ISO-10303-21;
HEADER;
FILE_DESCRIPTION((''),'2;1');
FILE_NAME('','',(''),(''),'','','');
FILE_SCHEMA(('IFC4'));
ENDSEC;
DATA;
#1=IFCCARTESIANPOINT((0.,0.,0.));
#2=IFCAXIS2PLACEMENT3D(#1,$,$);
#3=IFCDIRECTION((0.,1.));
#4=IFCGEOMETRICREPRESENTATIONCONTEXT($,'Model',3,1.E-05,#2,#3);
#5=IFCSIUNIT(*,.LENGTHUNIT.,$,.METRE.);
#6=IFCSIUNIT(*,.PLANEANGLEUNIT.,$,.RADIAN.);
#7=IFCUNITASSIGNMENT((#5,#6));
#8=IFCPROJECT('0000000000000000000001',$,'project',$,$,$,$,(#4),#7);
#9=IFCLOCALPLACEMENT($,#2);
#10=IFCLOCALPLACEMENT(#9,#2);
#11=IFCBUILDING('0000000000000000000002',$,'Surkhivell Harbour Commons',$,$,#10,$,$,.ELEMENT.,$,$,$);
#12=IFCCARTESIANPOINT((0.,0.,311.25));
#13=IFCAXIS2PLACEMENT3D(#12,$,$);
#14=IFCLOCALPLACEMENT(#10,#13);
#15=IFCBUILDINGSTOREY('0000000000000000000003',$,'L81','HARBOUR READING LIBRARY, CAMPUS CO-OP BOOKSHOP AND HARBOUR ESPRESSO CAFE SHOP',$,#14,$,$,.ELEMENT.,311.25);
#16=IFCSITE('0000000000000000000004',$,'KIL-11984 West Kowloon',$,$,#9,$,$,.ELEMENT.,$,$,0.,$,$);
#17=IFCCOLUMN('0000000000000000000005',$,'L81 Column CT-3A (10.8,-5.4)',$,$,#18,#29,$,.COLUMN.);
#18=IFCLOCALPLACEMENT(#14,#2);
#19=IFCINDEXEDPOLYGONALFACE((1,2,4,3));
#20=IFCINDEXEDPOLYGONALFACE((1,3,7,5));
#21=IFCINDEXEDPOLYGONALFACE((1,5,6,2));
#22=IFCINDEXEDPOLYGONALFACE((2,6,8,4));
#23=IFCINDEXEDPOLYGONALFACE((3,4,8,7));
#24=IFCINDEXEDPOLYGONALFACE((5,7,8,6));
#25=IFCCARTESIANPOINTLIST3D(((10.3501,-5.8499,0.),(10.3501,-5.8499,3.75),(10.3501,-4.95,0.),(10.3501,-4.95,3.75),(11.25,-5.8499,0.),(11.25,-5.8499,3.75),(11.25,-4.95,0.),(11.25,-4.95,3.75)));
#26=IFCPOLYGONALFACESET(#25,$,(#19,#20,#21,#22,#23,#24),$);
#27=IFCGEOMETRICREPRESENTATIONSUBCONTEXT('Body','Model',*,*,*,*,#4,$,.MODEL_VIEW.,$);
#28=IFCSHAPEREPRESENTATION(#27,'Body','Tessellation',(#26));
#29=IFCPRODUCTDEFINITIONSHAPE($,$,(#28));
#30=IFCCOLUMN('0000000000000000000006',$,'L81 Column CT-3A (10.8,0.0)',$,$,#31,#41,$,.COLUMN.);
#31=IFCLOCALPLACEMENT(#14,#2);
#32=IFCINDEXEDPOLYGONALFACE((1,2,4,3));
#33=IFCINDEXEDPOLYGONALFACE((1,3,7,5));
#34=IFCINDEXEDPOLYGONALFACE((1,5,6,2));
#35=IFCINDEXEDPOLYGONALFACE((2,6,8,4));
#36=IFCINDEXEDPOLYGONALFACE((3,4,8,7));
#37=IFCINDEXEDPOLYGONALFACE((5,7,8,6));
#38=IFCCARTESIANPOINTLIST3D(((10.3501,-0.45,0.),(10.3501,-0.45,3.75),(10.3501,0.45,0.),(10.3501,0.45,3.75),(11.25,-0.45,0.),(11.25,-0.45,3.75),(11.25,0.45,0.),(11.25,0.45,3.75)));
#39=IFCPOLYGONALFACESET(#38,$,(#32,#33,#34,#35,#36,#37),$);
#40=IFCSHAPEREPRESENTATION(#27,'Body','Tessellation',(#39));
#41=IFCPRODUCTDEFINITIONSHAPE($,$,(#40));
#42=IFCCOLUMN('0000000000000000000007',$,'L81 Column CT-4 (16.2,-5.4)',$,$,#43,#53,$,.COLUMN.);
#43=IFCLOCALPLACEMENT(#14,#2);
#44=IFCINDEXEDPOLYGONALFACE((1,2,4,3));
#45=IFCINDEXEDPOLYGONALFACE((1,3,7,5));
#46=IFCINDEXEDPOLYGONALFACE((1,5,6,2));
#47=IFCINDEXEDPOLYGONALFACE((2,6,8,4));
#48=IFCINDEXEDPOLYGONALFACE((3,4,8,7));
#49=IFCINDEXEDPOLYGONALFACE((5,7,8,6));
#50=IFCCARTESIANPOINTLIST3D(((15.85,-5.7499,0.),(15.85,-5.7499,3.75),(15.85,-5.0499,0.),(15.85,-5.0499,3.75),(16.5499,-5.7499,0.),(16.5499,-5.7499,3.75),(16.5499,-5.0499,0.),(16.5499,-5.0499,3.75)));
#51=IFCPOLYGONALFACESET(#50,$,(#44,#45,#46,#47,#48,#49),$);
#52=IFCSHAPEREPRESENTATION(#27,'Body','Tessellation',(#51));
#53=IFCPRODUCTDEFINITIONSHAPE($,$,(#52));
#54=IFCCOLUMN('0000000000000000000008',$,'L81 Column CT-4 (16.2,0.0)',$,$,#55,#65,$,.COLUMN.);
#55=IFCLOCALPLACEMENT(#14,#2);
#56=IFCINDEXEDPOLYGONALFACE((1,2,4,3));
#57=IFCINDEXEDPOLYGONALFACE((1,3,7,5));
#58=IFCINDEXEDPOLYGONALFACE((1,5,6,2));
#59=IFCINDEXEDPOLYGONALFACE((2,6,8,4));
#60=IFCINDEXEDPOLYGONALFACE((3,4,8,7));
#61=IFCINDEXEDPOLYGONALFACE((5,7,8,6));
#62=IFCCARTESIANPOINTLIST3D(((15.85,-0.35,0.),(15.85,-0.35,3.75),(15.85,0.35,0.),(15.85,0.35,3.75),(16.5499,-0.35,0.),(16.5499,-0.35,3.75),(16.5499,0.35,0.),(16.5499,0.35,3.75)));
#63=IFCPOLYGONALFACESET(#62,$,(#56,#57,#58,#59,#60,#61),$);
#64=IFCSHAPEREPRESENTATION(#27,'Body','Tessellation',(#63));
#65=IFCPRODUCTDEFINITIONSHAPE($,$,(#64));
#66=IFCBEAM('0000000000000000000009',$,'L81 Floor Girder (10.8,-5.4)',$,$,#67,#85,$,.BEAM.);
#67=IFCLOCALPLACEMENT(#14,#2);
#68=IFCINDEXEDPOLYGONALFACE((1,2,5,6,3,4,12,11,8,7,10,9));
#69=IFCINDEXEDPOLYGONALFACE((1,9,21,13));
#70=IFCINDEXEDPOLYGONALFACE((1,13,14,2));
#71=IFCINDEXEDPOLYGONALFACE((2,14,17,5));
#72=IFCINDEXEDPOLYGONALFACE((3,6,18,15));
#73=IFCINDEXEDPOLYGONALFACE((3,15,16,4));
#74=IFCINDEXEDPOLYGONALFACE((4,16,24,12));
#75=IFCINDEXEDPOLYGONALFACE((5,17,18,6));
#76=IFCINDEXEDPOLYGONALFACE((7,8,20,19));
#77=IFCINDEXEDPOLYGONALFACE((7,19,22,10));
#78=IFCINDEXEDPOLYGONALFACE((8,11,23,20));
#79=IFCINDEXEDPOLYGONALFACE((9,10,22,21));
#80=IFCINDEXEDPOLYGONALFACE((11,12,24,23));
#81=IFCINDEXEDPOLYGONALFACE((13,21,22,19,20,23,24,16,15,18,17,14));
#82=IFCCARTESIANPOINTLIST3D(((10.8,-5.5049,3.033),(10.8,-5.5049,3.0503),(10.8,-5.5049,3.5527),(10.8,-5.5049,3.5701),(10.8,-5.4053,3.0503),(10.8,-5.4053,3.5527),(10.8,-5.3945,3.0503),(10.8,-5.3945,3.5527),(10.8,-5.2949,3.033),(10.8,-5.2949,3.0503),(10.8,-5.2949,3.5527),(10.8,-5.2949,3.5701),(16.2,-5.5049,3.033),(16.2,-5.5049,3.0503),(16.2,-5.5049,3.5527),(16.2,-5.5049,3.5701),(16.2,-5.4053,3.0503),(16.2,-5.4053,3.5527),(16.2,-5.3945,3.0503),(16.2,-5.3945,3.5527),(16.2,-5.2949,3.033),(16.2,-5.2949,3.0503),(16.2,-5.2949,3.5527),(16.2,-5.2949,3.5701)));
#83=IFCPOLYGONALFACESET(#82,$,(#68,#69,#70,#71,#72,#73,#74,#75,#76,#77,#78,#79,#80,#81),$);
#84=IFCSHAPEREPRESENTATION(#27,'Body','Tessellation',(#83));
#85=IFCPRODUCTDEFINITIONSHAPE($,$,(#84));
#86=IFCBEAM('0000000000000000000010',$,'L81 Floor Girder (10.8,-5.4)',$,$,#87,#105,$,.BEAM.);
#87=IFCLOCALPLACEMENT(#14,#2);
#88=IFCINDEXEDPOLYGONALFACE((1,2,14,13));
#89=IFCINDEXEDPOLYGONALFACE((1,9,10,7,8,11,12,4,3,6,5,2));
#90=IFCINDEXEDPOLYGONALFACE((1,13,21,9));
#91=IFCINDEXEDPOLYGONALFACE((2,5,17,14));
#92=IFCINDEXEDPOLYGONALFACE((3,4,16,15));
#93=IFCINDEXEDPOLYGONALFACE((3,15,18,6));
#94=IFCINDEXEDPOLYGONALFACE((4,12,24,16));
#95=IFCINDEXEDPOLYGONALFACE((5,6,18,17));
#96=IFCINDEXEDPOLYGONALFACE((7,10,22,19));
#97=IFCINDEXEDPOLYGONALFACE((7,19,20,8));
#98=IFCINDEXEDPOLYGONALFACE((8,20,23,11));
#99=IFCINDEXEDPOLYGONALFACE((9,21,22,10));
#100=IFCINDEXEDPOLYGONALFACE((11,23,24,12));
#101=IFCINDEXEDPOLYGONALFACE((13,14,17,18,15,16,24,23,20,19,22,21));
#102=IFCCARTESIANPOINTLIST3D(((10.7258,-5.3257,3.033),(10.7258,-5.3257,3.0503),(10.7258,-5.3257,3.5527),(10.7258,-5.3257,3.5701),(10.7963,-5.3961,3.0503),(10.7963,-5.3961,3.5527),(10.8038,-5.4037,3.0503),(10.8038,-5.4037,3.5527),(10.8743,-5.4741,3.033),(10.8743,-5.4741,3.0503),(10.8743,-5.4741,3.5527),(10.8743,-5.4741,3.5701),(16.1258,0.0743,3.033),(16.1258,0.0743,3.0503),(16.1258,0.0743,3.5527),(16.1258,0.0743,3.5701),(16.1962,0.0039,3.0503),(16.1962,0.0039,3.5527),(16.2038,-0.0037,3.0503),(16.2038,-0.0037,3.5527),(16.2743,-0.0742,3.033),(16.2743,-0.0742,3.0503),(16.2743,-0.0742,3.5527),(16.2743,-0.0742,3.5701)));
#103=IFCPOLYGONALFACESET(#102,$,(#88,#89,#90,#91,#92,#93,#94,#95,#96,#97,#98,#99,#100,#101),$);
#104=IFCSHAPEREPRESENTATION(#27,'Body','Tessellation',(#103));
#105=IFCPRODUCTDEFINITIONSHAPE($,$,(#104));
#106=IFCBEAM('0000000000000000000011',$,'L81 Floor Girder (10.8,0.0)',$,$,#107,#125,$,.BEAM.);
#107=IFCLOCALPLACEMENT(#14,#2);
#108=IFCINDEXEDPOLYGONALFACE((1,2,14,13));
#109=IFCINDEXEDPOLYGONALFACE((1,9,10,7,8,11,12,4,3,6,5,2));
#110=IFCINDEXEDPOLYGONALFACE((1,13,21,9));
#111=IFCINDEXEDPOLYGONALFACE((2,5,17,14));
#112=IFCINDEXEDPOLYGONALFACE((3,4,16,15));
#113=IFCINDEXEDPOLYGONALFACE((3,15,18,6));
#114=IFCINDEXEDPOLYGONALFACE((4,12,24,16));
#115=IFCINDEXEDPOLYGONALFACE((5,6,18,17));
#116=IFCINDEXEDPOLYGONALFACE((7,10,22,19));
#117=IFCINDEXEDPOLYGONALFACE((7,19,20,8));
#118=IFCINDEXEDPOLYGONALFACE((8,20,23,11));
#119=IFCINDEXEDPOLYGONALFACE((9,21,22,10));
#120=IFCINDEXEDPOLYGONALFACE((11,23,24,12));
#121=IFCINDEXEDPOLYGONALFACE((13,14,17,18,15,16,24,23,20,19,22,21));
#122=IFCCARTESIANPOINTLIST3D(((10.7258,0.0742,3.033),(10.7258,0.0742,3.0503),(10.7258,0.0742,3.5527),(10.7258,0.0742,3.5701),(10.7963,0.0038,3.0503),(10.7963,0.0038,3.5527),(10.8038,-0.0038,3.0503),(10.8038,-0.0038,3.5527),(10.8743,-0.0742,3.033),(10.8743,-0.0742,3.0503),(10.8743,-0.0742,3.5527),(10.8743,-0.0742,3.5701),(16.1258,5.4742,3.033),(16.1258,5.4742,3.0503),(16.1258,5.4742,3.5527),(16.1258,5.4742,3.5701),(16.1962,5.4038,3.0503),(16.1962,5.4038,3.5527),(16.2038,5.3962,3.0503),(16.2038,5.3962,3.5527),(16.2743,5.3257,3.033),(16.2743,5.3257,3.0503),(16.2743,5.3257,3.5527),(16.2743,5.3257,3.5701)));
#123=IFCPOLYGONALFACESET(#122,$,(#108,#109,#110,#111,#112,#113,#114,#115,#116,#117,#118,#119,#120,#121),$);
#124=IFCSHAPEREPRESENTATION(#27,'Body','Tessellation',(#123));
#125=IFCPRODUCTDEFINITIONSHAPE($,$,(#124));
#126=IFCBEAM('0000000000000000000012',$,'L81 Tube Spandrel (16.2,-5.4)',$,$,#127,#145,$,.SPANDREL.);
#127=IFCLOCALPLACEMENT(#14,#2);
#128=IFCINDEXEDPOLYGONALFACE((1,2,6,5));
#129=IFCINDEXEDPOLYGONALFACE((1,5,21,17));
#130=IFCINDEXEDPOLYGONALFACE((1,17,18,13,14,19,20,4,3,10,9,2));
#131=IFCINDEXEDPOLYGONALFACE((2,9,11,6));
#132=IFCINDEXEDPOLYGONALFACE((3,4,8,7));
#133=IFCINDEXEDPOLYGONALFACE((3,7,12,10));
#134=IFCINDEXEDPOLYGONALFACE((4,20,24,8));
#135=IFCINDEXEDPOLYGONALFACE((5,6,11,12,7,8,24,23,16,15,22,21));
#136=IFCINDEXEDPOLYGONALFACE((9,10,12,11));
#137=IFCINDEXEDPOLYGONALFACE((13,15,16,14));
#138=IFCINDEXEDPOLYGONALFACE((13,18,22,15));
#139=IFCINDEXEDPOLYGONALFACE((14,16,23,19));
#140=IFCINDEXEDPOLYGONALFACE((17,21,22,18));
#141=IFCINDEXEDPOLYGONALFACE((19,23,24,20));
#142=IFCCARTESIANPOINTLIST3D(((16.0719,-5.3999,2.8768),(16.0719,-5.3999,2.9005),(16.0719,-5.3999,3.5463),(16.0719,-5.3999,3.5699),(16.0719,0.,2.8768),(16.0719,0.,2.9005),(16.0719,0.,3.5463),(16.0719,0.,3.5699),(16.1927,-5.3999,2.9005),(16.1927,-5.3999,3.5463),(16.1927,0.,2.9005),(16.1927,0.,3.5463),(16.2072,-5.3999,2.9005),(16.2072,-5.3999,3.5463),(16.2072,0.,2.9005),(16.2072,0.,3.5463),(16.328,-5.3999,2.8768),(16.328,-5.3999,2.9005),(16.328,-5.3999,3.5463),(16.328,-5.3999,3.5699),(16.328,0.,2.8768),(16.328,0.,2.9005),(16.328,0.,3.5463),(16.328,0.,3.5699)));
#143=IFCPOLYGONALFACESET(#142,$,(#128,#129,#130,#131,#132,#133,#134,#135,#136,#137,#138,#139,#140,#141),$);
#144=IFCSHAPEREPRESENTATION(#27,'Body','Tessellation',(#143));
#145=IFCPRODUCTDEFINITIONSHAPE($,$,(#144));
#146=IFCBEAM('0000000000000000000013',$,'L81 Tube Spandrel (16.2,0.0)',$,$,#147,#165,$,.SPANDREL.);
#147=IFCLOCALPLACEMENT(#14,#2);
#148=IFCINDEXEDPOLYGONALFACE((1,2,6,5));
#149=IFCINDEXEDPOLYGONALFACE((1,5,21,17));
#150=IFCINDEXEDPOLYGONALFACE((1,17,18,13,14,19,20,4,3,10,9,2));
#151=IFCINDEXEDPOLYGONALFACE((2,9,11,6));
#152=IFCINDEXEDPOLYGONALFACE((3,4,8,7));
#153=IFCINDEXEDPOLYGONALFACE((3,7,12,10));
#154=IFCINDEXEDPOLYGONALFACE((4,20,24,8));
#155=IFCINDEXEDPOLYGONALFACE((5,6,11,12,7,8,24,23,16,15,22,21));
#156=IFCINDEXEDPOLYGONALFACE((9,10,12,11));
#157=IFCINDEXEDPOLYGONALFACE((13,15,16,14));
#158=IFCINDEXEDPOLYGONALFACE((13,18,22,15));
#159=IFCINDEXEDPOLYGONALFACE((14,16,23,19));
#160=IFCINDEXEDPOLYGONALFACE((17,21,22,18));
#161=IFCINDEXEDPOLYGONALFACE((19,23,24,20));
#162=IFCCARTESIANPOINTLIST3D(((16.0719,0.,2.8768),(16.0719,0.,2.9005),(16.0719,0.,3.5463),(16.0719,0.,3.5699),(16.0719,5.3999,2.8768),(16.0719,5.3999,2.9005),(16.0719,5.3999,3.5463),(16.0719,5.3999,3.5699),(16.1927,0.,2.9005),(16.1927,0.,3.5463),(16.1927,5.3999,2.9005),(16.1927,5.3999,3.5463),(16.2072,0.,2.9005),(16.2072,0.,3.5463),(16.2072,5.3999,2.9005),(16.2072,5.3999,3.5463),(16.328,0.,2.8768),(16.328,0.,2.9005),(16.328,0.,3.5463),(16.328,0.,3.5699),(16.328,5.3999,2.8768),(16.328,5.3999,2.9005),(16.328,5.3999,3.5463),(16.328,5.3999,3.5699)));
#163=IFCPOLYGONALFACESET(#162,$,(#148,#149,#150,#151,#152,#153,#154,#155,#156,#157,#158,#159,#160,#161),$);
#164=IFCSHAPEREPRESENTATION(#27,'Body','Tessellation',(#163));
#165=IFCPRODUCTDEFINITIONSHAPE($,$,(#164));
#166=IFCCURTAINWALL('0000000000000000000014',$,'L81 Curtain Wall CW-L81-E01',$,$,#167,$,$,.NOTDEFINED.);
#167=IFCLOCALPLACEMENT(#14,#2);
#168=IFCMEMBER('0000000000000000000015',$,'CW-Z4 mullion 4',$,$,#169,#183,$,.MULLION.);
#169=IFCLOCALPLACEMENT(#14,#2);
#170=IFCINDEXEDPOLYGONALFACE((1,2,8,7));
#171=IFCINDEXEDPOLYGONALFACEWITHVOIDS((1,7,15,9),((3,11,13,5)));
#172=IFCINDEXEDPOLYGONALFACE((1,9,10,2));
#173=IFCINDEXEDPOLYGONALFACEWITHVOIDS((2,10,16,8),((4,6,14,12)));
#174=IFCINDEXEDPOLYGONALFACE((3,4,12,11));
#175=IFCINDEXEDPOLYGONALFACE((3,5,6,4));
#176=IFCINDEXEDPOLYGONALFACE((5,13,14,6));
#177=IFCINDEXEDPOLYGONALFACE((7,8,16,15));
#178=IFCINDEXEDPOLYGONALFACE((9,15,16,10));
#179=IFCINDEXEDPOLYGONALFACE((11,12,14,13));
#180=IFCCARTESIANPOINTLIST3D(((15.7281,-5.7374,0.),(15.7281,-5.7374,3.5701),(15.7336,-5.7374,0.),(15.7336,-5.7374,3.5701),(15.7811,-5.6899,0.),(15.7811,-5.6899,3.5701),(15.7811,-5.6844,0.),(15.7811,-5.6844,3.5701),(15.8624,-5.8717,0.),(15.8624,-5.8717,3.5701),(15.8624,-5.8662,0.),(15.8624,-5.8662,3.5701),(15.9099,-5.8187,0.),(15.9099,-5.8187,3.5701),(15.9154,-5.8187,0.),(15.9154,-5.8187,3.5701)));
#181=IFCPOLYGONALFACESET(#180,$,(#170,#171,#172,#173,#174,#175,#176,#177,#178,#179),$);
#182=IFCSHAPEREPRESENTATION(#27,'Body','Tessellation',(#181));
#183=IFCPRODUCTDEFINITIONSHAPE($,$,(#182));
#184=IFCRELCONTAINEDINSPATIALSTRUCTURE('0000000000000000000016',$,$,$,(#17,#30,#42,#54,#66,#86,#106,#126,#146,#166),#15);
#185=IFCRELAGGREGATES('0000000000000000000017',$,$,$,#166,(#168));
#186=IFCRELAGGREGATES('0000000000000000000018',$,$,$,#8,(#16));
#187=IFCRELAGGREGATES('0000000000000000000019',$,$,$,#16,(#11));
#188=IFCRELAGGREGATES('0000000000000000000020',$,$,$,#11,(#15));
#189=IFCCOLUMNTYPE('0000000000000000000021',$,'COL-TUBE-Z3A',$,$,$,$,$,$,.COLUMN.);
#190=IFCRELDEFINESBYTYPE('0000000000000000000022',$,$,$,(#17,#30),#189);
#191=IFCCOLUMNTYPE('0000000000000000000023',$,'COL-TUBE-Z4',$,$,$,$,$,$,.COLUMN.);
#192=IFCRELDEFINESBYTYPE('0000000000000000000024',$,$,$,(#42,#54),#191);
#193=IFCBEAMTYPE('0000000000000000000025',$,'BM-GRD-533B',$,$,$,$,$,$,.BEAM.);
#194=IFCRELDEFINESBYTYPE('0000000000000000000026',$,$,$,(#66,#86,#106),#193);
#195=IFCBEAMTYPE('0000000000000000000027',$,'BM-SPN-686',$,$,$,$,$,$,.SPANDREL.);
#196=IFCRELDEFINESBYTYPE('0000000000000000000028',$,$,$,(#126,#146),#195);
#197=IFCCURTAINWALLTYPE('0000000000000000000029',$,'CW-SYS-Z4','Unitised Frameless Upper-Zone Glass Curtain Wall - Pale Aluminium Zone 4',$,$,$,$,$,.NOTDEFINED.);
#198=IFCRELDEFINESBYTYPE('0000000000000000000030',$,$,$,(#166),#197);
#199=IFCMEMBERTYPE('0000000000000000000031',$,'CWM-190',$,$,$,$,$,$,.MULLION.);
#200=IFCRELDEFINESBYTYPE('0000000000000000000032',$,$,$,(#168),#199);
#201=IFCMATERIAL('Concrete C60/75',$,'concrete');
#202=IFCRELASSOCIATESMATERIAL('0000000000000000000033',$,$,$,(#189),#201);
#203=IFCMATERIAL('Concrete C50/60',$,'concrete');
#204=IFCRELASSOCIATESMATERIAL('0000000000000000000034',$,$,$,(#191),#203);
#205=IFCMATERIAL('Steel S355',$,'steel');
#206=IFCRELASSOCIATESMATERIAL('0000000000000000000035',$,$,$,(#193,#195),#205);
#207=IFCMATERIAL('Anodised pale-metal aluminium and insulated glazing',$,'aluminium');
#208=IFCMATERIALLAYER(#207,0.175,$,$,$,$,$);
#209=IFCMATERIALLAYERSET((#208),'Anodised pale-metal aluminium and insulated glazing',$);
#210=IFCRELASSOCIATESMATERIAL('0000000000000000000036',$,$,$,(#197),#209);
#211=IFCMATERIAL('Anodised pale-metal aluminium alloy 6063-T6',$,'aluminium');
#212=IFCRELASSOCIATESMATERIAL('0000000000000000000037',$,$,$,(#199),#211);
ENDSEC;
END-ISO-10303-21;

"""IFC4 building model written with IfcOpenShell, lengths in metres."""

from ifc_helpers import new_model, si_unit, direction, frame, origin, origin_2d, place, context, subcontext, project, spatial, rectangle, hollow_rectangle, i_section, extrude, material, layer, layer_set, material_profile, profile_set, type_object, element, aggregate, save


model = new_model("IFC4")

# Units and contexts
model_context = context("Model", 3, precision=1e-05, world=origin(), true_north=direction((0.0, 1.0)))
body_context = subcontext(model_context, "Body", "Model", "MODEL_VIEW")
ifc_project = project(units=[si_unit("LENGTHUNIT", "METRE"), si_unit("PLANEANGLEUNIT", "RADIAN")], contexts=[model_context])

# Site, building, storey
site_placement = place(None, origin())
site = spatial("IfcSite", under=ifc_project, at=site_placement, Name="KIL-11984 West Kowloon", CompositionType="ELEMENT", RefElevation=0.0)
building_placement = place(site_placement, origin())
building = spatial("IfcBuilding", under=site, at=building_placement, Name="Surkhivell Harbour Commons", CompositionType="ELEMENT")
storey_placement = place(building_placement, frame((0.0, 0.0, 311.25)))
storey = spatial("IfcBuildingStorey", under=building, at=storey_placement, Name="L81", Description="HARBOUR READING LIBRARY, CAMPUS CO-OP BOOKSHOP AND HARBOUR ESPRESSO CAFE SHOP", CompositionType="ELEMENT", Elevation=311.25)

# Columns
ifc_material_1 = material(Name="Concrete C60/75", Category="concrete")
ifc_material_profile_1 = material_profile(ifc_material_1, rectangle(XDim=0.8999, YDim=0.8999, at=origin_2d()), Name="RC-COL-900x900")
ifc_profile_set_1 = profile_set([ifc_material_profile_1], Name="Concrete C60/75")
column_type_1 = type_object("IfcColumnType", Name="COL-TUBE-Z3A", PredefinedType="COLUMN", material=ifc_profile_set_1)
for number, where, z_axis, x_axis, name in (
    (1, (10.8, -5.3999, 0.0), (0.0, 0.0, 1.0), (1.0, 0.0, 0.0), "L81 Column CT-3A (10.8,-5.4)"),
    (2, (10.8, 0.0, 0.0), (0.0, 0.0, 1.0), (1.0, 0.0, 0.0), "L81 Column CT-3A (10.8,0.0)"),
):
    element("IfcColumn", number, at=place(storey_placement, frame(where, z_axis=z_axis, x_axis=x_axis)), inside=storey, type_object=column_type_1, Name=name, PredefinedType="COLUMN", context=body_context, shape_type="SweptSolid", body=[
        extrude(rectangle(XDim=0.8999, YDim=0.8999, at=origin_2d()), origin(), (0.0, 0.0, 1.0), 3.75),
    ])
ifc_material_2 = material(Name="Concrete C50/60", Category="concrete")
ifc_material_profile_2 = material_profile(ifc_material_2, rectangle(XDim=0.7, YDim=0.7, at=origin_2d()), Name="RC-COL-700x700")
ifc_profile_set_2 = profile_set([ifc_material_profile_2], Name="Concrete C50/60")
column_type_2 = type_object("IfcColumnType", Name="COL-TUBE-Z4", PredefinedType="COLUMN", material=ifc_profile_set_2)
for number, where, z_axis, x_axis, name in (
    (3, (16.2, -5.3999, 0.0), (0.0, 0.0, 1.0), (1.0, 0.0, 0.0), "L81 Column CT-4 (16.2,-5.4)"),
    (4, (16.2, 0.0, 0.0), (0.0, 0.0, 1.0), (1.0, 0.0, 0.0), "L81 Column CT-4 (16.2,0.0)"),
):
    element("IfcColumn", number, at=place(storey_placement, frame(where, z_axis=z_axis, x_axis=x_axis)), inside=storey, type_object=column_type_2, Name=name, PredefinedType="COLUMN", context=body_context, shape_type="SweptSolid", body=[
        extrude(rectangle(XDim=0.7, YDim=0.7, at=origin_2d()), origin(), (0.0, 0.0, 1.0), 3.75),
    ])

# Beams
ifc_material_3 = material(Name="Steel S355", Category="steel")
ifc_material_profile_3 = material_profile(ifc_material_3, i_section(OverallWidth=0.21, OverallDepth=0.5371, WebThickness=0.0107, FlangeThickness=0.0173, at=origin_2d()), Name="UB533x210x101")
ifc_profile_set_3 = profile_set([ifc_material_profile_3], Name="Steel S355")
beam_type_1 = type_object("IfcBeamType", Name="BM-GRD-533B", PredefinedType="BEAM", material=ifc_profile_set_3)
beam_placement = place(storey_placement, frame((10.8, -5.3999, 3.3015), z_axis=(1.0, 0.0, 0.0), x_axis=(0.0, 1.0, 0.0)))
element("IfcBeam", 5, at=beam_placement, inside=storey, type_object=beam_type_1, Name="L81 Floor Girder (10.8,-5.4)", PredefinedType="BEAM", context=body_context, shape_type="SweptSolid", body=[
    extrude(i_section(OverallWidth=0.21, OverallDepth=0.5371, WebThickness=0.0107, FlangeThickness=0.0173, at=origin_2d()), origin(), (0.0, 0.0, 1.0), 5.3999),
])
for number, where, z_axis, x_axis, name in (
    (6, (10.8, -5.3999, 3.3015), (0.707107, 0.707107, 0.0), (-0.707107, 0.707107, 0.0), "L81 Floor Girder (10.8,-5.4)"),
    (7, (10.8, 0.0, 3.3015), (0.707107, 0.707107, 0.0), (-0.707107, 0.707107, 0.0), "L81 Floor Girder (10.8,0.0)"),
):
    element("IfcBeam", number, at=place(storey_placement, frame(where, z_axis=z_axis, x_axis=x_axis)), inside=storey, type_object=beam_type_1, Name=name, PredefinedType="BEAM", context=body_context, shape_type="SweptSolid", body=[
        extrude(i_section(OverallWidth=0.21, OverallDepth=0.5371, WebThickness=0.0107, FlangeThickness=0.0173, at=origin_2d()), origin(), (0.0, 0.0, 1.0), 7.6367),
    ])
ifc_material_profile_4 = material_profile(ifc_material_3, i_section(OverallWidth=0.2561, OverallDepth=0.6931, WebThickness=0.0144, FlangeThickness=0.0237, at=origin_2d()), Name="UB686x254x170")
ifc_profile_set_4 = profile_set([ifc_material_profile_4], Name="Steel S355")
beam_type_2 = type_object("IfcBeamType", Name="BM-SPN-686", PredefinedType="SPANDREL", material=ifc_profile_set_4)
for number, where, z_axis, x_axis, name in (
    (8, (16.2, -5.3999, 3.2234), (0.0, 1.0, 0.0), (-1.0, 0.0, 0.0), "L81 Tube Spandrel (16.2,-5.4)"),
    (9, (16.2, 0.0, 3.2234), (0.0, 1.0, 0.0), (-1.0, 0.0, 0.0), "L81 Tube Spandrel (16.2,0.0)"),
):
    element("IfcBeam", number, at=place(storey_placement, frame(where, z_axis=z_axis, x_axis=x_axis)), inside=storey, type_object=beam_type_2, Name=name, PredefinedType="SPANDREL", context=body_context, shape_type="SweptSolid", body=[
        extrude(i_section(OverallWidth=0.2561, OverallDepth=0.6931, WebThickness=0.0144, FlangeThickness=0.0237, at=origin_2d()), origin(), (0.0, 0.0, 1.0), 5.3999),
    ])

# Curtain wall, member
ifc_material_4 = material(Name="Anodised pale-metal aluminium and insulated glazing", Category="aluminium")
ifc_layer_1 = layer(ifc_material_4, 0.175)
ifc_layer_set_1 = layer_set([ifc_layer_1], Name="Anodised pale-metal aluminium and insulated glazing")
curtain_wall_type = type_object("IfcCurtainWallType", Name="CW-SYS-Z4", Description="Unitised Frameless Upper-Zone Glass Curtain Wall - Pale Aluminium Zone 4", PredefinedType="NOTDEFINED", material=ifc_layer_set_1)
curtain_wall_1_placement = place(storey_placement, origin())
curtain_wall_1 = element("IfcCurtainWall", 10, at=curtain_wall_1_placement, inside=storey, type_object=curtain_wall_type, Name="L81 Curtain Wall CW-L81-E01", PredefinedType="NOTDEFINED")
ifc_material_5 = material(Name="Anodised pale-metal aluminium alloy 6063-T6", Category="aluminium")
ifc_material_profile_5 = material_profile(ifc_material_5, hollow_rectangle(XDim=0.075, YDim=0.1899, WallThickness=0.0039, at=origin_2d()), Name="ALU-MULL-75x190")
ifc_profile_set_5 = profile_set([ifc_material_profile_5], Name="Anodised pale-metal aluminium alloy 6063-T6")
member_type_1 = type_object("IfcMemberType", Name="CWM-190", PredefinedType="MULLION", material=ifc_profile_set_5)
member_1_placement = place(storey_placement, frame((15.8218, -5.7781, 0.0), z_axis=(0.0, 0.0, 1.0), x_axis=(0.707107, 0.707107, 0.0)))
member_1 = element("IfcMember", 11, at=member_1_placement, type_object=member_type_1, Name="CW-Z4 mullion 4", PredefinedType="MULLION", context=body_context, shape_type="SweptSolid", body=[
    extrude(hollow_rectangle(XDim=0.075, YDim=0.1899, WallThickness=0.0039, at=origin_2d()), origin(), (0.0, 0.0, 1.0), 3.5701),
])
aggregate(curtain_wall_1, [member_1])

save(model, "model.ifc")
